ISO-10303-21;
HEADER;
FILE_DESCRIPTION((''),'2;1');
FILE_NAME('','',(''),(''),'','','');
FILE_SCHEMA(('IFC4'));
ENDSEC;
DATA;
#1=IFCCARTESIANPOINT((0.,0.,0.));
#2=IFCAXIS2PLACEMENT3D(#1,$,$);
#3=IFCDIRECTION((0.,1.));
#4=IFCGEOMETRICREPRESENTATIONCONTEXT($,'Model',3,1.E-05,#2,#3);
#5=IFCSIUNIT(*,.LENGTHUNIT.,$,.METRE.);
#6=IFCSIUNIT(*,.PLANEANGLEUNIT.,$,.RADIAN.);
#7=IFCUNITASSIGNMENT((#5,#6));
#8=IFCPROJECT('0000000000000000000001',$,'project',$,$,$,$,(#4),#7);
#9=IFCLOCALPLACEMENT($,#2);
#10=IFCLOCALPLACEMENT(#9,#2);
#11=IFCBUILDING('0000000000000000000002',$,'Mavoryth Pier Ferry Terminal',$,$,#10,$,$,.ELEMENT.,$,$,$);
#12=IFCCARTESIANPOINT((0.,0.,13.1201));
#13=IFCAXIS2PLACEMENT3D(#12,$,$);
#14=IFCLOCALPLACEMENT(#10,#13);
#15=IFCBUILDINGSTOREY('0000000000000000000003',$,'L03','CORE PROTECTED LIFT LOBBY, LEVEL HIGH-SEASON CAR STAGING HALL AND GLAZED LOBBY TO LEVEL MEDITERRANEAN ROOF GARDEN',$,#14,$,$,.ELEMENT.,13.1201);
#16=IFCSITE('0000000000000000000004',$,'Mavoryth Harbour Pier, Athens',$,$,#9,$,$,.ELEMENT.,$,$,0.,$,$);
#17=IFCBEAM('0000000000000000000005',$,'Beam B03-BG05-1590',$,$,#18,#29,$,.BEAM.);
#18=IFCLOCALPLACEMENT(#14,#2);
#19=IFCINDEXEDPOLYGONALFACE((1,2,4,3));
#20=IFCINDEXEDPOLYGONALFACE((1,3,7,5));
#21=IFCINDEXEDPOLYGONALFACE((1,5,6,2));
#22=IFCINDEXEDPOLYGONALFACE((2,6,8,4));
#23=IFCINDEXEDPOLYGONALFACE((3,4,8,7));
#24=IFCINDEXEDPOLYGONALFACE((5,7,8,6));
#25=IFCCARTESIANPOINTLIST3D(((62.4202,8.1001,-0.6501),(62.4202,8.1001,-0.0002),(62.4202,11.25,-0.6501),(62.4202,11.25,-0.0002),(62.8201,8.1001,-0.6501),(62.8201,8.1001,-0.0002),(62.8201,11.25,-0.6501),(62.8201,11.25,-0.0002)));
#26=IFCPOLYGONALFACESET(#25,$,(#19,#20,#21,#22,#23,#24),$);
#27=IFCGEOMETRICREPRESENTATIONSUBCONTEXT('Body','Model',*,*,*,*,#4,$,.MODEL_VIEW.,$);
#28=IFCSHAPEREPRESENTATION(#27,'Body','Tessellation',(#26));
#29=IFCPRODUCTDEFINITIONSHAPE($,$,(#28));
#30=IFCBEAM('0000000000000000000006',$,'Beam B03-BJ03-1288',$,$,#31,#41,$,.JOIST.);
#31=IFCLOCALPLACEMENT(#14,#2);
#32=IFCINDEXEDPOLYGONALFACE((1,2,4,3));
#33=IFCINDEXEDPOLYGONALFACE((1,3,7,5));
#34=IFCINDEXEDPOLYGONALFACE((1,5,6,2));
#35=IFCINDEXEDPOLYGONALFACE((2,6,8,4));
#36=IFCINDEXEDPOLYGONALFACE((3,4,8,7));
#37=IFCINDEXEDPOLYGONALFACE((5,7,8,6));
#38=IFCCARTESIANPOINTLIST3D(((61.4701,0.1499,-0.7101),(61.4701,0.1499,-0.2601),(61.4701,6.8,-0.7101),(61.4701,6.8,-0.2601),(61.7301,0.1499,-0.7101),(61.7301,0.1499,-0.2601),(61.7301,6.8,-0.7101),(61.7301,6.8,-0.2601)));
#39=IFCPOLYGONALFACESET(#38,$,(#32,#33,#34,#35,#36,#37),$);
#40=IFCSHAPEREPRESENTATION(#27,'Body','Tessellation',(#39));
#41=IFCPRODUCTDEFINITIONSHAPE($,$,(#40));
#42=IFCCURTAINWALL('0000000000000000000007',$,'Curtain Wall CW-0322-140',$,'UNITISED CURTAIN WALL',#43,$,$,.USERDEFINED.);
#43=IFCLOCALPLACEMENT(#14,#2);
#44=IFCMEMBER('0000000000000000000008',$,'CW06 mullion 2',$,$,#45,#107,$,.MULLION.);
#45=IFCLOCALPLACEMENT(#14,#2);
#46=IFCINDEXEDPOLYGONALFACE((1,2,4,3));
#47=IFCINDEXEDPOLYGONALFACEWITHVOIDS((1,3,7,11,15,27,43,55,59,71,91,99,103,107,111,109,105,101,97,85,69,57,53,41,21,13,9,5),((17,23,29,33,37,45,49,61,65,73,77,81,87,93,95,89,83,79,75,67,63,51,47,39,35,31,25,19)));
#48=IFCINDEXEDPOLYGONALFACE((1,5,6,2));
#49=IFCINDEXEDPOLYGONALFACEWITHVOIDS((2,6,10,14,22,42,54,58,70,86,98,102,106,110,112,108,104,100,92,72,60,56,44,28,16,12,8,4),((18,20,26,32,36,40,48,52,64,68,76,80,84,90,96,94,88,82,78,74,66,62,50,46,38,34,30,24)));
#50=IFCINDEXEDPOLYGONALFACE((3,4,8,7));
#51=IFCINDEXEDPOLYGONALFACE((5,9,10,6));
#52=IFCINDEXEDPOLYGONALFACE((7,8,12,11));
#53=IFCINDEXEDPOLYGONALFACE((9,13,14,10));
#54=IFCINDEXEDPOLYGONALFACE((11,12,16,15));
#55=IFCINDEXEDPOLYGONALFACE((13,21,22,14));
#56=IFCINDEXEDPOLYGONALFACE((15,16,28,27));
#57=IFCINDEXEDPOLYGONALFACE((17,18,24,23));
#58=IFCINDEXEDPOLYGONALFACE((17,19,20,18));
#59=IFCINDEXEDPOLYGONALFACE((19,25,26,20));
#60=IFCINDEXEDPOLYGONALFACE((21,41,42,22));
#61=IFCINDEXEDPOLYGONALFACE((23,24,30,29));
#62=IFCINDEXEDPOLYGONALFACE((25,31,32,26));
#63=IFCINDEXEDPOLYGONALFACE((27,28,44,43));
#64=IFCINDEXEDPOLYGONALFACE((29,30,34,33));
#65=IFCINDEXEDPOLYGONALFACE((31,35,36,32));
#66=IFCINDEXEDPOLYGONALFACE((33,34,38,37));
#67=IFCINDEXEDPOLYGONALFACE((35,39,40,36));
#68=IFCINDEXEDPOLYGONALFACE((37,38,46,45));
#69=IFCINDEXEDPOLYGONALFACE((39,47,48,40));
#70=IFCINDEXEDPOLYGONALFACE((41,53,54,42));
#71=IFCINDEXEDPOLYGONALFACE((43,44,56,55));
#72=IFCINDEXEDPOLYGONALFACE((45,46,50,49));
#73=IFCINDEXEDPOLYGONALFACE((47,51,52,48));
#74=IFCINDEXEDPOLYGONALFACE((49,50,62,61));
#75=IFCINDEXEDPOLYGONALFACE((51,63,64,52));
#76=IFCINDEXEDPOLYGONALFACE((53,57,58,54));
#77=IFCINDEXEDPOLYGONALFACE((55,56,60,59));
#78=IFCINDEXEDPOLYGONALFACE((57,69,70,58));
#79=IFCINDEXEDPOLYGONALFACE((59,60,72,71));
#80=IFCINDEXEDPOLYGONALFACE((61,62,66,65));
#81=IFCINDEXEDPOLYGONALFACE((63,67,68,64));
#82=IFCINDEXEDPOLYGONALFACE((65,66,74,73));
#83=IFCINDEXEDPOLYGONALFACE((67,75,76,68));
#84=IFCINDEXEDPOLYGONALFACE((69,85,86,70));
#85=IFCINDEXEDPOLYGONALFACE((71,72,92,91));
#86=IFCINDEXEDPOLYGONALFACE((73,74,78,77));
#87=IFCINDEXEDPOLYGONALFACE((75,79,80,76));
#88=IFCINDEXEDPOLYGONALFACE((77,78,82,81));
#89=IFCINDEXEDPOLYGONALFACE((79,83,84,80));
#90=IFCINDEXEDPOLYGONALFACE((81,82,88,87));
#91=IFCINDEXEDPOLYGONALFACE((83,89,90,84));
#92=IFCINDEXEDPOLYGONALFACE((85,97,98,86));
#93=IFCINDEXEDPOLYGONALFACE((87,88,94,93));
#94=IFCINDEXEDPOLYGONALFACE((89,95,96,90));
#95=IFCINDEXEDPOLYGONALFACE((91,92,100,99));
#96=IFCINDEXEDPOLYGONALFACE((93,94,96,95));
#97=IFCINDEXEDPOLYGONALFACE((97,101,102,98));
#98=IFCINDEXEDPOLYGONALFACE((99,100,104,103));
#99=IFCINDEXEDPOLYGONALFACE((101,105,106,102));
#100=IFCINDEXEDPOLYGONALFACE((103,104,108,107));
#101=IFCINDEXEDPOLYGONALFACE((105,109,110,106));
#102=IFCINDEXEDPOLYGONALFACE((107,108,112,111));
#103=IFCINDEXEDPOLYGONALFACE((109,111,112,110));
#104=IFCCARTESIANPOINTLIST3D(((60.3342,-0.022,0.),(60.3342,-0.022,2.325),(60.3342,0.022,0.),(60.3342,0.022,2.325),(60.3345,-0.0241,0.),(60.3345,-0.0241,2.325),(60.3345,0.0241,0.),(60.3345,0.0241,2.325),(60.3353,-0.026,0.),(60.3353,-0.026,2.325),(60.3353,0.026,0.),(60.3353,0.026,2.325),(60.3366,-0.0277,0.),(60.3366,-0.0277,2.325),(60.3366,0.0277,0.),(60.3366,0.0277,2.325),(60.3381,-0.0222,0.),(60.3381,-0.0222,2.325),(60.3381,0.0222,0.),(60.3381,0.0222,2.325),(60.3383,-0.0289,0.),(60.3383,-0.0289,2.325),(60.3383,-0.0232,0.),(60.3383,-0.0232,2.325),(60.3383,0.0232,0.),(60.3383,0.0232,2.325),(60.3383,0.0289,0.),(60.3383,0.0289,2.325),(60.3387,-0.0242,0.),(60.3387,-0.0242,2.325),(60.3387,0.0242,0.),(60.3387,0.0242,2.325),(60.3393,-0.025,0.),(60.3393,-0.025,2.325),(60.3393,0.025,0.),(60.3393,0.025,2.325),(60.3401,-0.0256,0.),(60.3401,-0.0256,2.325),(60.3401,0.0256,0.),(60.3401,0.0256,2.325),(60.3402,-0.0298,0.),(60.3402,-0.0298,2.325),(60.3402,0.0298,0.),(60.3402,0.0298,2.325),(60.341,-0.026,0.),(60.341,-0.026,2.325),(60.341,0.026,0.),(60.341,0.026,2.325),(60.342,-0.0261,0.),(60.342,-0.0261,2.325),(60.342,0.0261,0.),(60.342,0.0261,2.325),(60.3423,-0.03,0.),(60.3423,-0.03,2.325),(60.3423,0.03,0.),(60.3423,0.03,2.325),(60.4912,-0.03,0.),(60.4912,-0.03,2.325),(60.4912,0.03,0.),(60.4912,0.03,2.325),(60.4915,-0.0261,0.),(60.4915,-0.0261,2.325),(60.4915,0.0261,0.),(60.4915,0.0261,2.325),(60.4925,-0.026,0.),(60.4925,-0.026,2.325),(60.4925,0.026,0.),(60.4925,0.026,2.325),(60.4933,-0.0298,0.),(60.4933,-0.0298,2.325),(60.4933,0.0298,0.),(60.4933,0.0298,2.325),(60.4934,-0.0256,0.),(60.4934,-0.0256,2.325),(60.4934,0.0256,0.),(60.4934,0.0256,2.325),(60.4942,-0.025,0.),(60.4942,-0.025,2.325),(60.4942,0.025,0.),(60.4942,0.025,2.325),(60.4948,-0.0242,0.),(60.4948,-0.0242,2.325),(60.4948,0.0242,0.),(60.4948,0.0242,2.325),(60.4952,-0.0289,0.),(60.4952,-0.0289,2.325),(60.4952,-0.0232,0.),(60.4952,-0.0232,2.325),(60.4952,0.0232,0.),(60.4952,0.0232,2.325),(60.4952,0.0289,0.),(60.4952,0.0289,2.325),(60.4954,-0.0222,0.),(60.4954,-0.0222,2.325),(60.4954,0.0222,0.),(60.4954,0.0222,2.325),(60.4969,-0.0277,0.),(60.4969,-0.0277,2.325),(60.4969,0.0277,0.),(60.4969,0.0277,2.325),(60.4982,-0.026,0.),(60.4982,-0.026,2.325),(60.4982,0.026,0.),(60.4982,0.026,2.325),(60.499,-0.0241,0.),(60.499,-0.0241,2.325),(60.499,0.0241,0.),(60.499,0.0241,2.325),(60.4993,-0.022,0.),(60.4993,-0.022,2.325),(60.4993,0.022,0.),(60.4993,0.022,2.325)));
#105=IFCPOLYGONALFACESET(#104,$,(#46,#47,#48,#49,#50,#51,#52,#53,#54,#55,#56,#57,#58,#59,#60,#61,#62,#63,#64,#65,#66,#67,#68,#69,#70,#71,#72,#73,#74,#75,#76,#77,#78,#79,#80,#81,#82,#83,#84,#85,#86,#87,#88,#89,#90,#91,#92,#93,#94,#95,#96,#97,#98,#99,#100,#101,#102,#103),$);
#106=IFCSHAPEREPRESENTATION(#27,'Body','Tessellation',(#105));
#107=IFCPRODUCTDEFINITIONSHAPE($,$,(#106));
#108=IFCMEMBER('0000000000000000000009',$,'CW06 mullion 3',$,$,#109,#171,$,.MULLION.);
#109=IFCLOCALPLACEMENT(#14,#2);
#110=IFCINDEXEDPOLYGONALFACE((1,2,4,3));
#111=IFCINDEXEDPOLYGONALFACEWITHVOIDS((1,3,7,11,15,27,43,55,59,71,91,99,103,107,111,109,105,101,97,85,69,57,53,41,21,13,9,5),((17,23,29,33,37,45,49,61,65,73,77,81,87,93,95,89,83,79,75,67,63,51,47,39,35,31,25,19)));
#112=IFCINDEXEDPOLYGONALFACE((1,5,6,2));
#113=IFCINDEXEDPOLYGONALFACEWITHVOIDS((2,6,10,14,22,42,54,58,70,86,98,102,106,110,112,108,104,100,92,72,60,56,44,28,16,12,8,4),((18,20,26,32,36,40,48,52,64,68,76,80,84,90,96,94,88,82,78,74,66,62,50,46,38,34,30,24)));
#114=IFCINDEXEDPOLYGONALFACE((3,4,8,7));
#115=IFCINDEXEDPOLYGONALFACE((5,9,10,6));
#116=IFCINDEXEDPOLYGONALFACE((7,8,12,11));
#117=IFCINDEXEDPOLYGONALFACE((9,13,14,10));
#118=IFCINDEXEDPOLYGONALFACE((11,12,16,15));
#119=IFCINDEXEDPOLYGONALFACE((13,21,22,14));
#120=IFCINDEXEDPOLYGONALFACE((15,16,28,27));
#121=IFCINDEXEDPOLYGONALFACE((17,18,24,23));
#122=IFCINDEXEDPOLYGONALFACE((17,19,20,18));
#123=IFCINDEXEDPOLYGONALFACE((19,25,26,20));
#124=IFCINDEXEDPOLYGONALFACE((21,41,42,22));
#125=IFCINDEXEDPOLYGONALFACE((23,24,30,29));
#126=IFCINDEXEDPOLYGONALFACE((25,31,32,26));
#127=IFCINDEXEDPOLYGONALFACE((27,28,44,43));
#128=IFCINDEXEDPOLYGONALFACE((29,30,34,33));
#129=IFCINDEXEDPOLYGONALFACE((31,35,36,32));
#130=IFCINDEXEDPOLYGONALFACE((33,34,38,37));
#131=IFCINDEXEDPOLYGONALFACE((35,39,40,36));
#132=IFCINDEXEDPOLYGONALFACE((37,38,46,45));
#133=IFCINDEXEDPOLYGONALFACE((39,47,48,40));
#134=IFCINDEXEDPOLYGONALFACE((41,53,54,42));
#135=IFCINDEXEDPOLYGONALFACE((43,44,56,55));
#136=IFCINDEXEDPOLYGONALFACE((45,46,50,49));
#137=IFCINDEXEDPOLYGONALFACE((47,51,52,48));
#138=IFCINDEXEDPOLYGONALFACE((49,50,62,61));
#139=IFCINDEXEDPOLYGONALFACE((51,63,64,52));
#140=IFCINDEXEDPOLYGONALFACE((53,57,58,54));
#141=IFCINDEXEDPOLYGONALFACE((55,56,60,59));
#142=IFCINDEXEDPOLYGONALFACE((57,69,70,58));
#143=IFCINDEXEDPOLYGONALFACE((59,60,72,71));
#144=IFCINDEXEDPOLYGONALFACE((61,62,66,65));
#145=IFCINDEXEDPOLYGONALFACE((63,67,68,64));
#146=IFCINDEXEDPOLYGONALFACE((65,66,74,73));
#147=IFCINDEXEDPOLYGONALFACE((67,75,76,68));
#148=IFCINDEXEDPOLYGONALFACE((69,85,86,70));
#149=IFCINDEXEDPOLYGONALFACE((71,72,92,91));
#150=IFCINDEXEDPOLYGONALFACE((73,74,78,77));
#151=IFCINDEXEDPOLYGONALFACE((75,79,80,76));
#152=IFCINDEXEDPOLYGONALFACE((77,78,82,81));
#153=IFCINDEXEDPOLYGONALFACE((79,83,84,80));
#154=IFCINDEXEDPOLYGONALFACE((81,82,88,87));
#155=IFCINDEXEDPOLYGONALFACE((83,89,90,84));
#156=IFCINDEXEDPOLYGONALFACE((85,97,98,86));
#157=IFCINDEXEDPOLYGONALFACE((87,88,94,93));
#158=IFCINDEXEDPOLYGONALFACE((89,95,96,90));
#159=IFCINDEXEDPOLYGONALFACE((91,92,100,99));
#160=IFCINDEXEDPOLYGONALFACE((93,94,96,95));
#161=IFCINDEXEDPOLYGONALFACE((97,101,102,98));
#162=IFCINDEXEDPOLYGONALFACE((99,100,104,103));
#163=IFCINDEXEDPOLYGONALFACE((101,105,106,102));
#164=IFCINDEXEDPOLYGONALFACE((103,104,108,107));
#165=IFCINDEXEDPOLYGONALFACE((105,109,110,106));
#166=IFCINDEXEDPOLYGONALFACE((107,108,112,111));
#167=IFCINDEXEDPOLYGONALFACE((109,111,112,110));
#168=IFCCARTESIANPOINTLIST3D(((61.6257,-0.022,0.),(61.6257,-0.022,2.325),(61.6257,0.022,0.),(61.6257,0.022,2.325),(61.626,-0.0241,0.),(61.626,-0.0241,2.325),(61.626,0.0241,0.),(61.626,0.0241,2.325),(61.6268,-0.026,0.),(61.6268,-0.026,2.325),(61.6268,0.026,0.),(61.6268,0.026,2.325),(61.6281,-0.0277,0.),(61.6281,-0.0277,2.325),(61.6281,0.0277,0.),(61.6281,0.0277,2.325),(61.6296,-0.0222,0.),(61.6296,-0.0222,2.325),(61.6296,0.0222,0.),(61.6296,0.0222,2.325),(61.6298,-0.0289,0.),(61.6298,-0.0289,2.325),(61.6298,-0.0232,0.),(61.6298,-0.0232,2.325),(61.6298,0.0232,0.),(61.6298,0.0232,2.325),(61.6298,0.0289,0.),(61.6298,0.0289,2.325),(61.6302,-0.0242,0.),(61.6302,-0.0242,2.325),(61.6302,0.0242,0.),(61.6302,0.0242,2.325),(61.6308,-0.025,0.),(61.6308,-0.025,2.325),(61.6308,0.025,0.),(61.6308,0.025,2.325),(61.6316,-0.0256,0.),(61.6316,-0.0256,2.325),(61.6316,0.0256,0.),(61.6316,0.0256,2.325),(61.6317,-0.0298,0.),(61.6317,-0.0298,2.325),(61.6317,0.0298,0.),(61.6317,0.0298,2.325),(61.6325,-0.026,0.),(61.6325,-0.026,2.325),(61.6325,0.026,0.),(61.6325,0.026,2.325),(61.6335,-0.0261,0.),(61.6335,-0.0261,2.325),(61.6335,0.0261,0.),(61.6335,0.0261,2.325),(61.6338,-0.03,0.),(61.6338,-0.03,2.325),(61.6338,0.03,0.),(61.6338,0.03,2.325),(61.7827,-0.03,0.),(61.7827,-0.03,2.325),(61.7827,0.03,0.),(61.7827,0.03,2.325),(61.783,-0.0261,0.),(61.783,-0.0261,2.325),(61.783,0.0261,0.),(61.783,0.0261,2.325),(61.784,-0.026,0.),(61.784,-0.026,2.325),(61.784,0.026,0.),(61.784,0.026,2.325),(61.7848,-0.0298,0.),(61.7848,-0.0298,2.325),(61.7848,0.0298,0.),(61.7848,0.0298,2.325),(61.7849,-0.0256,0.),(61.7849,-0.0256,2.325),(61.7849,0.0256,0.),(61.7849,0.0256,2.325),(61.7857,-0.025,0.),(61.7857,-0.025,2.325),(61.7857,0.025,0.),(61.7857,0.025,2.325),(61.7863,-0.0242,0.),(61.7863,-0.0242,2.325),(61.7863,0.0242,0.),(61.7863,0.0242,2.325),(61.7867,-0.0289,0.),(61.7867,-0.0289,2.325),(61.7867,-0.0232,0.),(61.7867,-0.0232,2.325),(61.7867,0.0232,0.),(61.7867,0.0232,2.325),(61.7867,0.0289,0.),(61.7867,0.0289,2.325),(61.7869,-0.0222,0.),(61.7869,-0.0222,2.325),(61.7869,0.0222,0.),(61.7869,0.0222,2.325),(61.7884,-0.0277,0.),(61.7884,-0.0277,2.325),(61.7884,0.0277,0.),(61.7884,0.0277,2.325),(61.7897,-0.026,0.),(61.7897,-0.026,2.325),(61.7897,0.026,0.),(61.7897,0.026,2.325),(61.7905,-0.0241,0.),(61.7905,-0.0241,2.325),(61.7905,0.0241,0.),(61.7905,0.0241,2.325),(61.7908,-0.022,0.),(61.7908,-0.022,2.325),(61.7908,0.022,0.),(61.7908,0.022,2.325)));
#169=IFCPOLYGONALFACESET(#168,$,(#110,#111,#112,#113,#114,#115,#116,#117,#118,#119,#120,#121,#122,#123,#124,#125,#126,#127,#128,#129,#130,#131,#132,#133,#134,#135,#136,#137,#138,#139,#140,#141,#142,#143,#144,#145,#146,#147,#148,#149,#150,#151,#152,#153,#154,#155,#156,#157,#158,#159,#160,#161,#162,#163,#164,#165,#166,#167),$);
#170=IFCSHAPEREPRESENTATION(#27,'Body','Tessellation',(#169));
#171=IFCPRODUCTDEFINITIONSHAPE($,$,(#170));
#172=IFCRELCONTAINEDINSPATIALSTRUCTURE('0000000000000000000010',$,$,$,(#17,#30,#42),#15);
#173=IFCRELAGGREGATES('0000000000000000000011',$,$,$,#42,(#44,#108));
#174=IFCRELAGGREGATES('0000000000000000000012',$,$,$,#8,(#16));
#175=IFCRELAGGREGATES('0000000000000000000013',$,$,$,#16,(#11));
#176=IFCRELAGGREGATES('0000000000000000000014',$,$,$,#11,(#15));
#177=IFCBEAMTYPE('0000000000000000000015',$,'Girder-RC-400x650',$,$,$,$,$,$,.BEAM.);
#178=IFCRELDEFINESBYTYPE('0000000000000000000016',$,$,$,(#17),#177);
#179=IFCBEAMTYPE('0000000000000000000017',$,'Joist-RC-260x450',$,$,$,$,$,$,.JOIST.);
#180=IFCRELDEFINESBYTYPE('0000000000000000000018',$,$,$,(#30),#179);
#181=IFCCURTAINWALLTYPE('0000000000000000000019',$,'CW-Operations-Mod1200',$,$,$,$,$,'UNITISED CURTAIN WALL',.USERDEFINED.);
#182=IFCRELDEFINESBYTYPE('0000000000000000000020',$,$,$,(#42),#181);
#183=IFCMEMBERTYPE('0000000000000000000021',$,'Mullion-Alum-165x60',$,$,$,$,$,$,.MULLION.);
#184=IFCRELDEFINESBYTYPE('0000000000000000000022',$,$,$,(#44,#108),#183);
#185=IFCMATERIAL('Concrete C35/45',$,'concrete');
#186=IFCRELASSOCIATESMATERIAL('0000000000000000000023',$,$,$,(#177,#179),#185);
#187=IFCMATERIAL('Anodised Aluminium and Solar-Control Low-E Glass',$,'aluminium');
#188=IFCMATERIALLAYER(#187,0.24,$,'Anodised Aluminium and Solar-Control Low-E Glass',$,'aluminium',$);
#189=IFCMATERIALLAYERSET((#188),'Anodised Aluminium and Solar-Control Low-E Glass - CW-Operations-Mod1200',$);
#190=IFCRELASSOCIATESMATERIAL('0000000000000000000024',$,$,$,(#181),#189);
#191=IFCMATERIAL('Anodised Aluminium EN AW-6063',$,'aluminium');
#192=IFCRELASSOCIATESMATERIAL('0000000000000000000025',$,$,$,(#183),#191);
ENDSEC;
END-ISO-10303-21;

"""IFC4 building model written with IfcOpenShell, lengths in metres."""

from ifc_helpers import new_model, si_unit, direction, frame, origin, origin_2d, place, context, subcontext, project, spatial, rectangle, hollow_rectangle, extrude, material, layer, layer_set, material_profile, profile_set, type_object, element, aggregate, save


model = new_model("IFC4")

# Units and contexts
model_context = context("Model", 3, precision=1e-05, world=origin(), true_north=direction((0.0, 1.0)))
body_context = subcontext(model_context, "Body", "Model", "MODEL_VIEW")
ifc_project = project(units=[si_unit("LENGTHUNIT", "METRE"), si_unit("PLANEANGLEUNIT", "RADIAN")], contexts=[model_context])

# Site, building, storey
site_placement = place(None, origin())
site = spatial("IfcSite", under=ifc_project, at=site_placement, Name="Mavoryth Harbour Pier, Athens", CompositionType="ELEMENT", RefElevation=0.0)
building_placement = place(site_placement, origin())
building = spatial("IfcBuilding", under=site, at=building_placement, Name="Mavoryth Pier Ferry Terminal", CompositionType="ELEMENT")
storey_placement = place(building_placement, frame((0.0, 0.0, 13.1201)))
storey = spatial("IfcBuildingStorey", under=building, at=storey_placement, Name="L03", Description="CORE PROTECTED LIFT LOBBY, LEVEL HIGH-SEASON CAR STAGING HALL AND GLAZED LOBBY TO LEVEL MEDITERRANEAN ROOF GARDEN", CompositionType="ELEMENT", Elevation=13.1201)

# Beams
ifc_material_1 = material(Name="Concrete C35/45", Category="concrete")
ifc_material_profile_1 = material_profile(ifc_material_1, rectangle(XDim=0.3999, YDim=0.6499, at=origin_2d()), Name="RC 400x650", Category="concrete")
ifc_profile_set_1 = profile_set([ifc_material_profile_1], Name="Concrete C35/45 - RC 400x650")
beam_type_1 = type_object("IfcBeamType", Name="Girder-RC-400x650", PredefinedType="BEAM", material=ifc_profile_set_1)
beam_1_placement = place(storey_placement, frame((62.6201, 8.1001, -0.3252), z_axis=(0.0, 1.0, 0.0), x_axis=(-1.0, 0.0, 0.0)))
element("IfcBeam", 1, at=beam_1_placement, inside=storey, type_object=beam_type_1, Name="Beam B03-BG05-1590", PredefinedType="BEAM", context=body_context, shape_type="SweptSolid", body=[
    extrude(rectangle(XDim=0.3999, YDim=0.6499, at=origin_2d()), origin(), (0.0, 0.0, 1.0), 3.1499),
])
ifc_material_profile_2 = material_profile(ifc_material_1, rectangle(XDim=0.26, YDim=0.45, at=origin_2d()), Name="RC 260x450", Category="concrete")
ifc_profile_set_2 = profile_set([ifc_material_profile_2], Name="Concrete C35/45 - RC 260x450")
beam_type_2 = type_object("IfcBeamType", Name="Joist-RC-260x450", PredefinedType="JOIST", material=ifc_profile_set_2)
beam_2_placement = place(storey_placement, frame((61.6001, 0.1499, -0.4851), z_axis=(0.0, 1.0, 0.0), x_axis=(-1.0, 0.0, 0.0)))
element("IfcBeam", 2, at=beam_2_placement, inside=storey, type_object=beam_type_2, Name="Beam B03-BJ03-1288", PredefinedType="JOIST", context=body_context, shape_type="SweptSolid", body=[
    extrude(rectangle(XDim=0.26, YDim=0.45, at=origin_2d()), origin(), (0.0, 0.0, 1.0), 6.6501),
])

# Curtain wall, members
ifc_material_2 = material(Name="Anodised Aluminium and Solar-Control Low-E Glass", Category="aluminium")
ifc_layer_1 = layer(ifc_material_2, 0.24, Name="Anodised Aluminium and Solar-Control Low-E Glass", Category="aluminium")
ifc_layer_set_1 = layer_set([ifc_layer_1], Name="Anodised Aluminium and Solar-Control Low-E Glass - CW-Operations-Mod1200")
curtain_wall_type = type_object("IfcCurtainWallType", Name="CW-Operations-Mod1200", ElementType="UNITISED CURTAIN WALL", PredefinedType="USERDEFINED", material=ifc_layer_set_1)
curtain_wall_placement = place(storey_placement, origin())
curtain_wall = element("IfcCurtainWall", 3, at=curtain_wall_placement, inside=storey, type_object=curtain_wall_type, Name="Curtain Wall CW-0322-140", ObjectType="UNITISED CURTAIN WALL", PredefinedType="USERDEFINED")
ifc_material_3 = material(Name="Anodised Aluminium EN AW-6063", Category="aluminium")
ifc_material_profile_3 = material_profile(ifc_material_3, hollow_rectangle(XDim=0.0601, YDim=0.165, WallThickness=0.0039, InnerFilletRadius=0.0039, OuterFilletRadius=0.0081, at=origin_2d()), Name="AL-MULL 165x60x4", Category="aluminium")
ifc_profile_set_3 = profile_set([ifc_material_profile_3], Name="Anodised Aluminium EN AW-6063 - AL-MULL 165x60x4")
member_type_1 = type_object("IfcMemberType", Name="Mullion-Alum-165x60", PredefinedType="MULLION", material=ifc_profile_set_3)
member_1_placement = place(storey_placement, frame((60.4167, 0.0, 0.0), z_axis=(0.0, 0.0, 1.0), x_axis=(0.0, 1.0, 0.0)))
member_1 = element("IfcMember", 4, at=member_1_placement, type_object=member_type_1, Name="CW06 mullion 2", PredefinedType="MULLION", context=body_context, shape_type="SweptSolid", body=[
    extrude(hollow_rectangle(XDim=0.0601, YDim=0.165, WallThickness=0.0039, InnerFilletRadius=0.0039, OuterFilletRadius=0.0081, at=origin_2d()), origin(), (0.0, 0.0, 1.0), 2.325),
])
member_2_placement = place(storey_placement, frame((61.7083, 0.0, 0.0), z_axis=(0.0, 0.0, 1.0), x_axis=(0.0, 1.0, 0.0)))
member_2 = element("IfcMember", 5, at=member_2_placement, type_object=member_type_1, Name="CW06 mullion 3", PredefinedType="MULLION", context=body_context, shape_type="SweptSolid", body=[
    extrude(hollow_rectangle(XDim=0.0601, YDim=0.165, WallThickness=0.0039, InnerFilletRadius=0.0039, OuterFilletRadius=0.0081, at=origin_2d()), origin(), (0.0, 0.0, 1.0), 2.325),
])
aggregate(curtain_wall, [member_1, member_2])

save(model, "model.ifc")
